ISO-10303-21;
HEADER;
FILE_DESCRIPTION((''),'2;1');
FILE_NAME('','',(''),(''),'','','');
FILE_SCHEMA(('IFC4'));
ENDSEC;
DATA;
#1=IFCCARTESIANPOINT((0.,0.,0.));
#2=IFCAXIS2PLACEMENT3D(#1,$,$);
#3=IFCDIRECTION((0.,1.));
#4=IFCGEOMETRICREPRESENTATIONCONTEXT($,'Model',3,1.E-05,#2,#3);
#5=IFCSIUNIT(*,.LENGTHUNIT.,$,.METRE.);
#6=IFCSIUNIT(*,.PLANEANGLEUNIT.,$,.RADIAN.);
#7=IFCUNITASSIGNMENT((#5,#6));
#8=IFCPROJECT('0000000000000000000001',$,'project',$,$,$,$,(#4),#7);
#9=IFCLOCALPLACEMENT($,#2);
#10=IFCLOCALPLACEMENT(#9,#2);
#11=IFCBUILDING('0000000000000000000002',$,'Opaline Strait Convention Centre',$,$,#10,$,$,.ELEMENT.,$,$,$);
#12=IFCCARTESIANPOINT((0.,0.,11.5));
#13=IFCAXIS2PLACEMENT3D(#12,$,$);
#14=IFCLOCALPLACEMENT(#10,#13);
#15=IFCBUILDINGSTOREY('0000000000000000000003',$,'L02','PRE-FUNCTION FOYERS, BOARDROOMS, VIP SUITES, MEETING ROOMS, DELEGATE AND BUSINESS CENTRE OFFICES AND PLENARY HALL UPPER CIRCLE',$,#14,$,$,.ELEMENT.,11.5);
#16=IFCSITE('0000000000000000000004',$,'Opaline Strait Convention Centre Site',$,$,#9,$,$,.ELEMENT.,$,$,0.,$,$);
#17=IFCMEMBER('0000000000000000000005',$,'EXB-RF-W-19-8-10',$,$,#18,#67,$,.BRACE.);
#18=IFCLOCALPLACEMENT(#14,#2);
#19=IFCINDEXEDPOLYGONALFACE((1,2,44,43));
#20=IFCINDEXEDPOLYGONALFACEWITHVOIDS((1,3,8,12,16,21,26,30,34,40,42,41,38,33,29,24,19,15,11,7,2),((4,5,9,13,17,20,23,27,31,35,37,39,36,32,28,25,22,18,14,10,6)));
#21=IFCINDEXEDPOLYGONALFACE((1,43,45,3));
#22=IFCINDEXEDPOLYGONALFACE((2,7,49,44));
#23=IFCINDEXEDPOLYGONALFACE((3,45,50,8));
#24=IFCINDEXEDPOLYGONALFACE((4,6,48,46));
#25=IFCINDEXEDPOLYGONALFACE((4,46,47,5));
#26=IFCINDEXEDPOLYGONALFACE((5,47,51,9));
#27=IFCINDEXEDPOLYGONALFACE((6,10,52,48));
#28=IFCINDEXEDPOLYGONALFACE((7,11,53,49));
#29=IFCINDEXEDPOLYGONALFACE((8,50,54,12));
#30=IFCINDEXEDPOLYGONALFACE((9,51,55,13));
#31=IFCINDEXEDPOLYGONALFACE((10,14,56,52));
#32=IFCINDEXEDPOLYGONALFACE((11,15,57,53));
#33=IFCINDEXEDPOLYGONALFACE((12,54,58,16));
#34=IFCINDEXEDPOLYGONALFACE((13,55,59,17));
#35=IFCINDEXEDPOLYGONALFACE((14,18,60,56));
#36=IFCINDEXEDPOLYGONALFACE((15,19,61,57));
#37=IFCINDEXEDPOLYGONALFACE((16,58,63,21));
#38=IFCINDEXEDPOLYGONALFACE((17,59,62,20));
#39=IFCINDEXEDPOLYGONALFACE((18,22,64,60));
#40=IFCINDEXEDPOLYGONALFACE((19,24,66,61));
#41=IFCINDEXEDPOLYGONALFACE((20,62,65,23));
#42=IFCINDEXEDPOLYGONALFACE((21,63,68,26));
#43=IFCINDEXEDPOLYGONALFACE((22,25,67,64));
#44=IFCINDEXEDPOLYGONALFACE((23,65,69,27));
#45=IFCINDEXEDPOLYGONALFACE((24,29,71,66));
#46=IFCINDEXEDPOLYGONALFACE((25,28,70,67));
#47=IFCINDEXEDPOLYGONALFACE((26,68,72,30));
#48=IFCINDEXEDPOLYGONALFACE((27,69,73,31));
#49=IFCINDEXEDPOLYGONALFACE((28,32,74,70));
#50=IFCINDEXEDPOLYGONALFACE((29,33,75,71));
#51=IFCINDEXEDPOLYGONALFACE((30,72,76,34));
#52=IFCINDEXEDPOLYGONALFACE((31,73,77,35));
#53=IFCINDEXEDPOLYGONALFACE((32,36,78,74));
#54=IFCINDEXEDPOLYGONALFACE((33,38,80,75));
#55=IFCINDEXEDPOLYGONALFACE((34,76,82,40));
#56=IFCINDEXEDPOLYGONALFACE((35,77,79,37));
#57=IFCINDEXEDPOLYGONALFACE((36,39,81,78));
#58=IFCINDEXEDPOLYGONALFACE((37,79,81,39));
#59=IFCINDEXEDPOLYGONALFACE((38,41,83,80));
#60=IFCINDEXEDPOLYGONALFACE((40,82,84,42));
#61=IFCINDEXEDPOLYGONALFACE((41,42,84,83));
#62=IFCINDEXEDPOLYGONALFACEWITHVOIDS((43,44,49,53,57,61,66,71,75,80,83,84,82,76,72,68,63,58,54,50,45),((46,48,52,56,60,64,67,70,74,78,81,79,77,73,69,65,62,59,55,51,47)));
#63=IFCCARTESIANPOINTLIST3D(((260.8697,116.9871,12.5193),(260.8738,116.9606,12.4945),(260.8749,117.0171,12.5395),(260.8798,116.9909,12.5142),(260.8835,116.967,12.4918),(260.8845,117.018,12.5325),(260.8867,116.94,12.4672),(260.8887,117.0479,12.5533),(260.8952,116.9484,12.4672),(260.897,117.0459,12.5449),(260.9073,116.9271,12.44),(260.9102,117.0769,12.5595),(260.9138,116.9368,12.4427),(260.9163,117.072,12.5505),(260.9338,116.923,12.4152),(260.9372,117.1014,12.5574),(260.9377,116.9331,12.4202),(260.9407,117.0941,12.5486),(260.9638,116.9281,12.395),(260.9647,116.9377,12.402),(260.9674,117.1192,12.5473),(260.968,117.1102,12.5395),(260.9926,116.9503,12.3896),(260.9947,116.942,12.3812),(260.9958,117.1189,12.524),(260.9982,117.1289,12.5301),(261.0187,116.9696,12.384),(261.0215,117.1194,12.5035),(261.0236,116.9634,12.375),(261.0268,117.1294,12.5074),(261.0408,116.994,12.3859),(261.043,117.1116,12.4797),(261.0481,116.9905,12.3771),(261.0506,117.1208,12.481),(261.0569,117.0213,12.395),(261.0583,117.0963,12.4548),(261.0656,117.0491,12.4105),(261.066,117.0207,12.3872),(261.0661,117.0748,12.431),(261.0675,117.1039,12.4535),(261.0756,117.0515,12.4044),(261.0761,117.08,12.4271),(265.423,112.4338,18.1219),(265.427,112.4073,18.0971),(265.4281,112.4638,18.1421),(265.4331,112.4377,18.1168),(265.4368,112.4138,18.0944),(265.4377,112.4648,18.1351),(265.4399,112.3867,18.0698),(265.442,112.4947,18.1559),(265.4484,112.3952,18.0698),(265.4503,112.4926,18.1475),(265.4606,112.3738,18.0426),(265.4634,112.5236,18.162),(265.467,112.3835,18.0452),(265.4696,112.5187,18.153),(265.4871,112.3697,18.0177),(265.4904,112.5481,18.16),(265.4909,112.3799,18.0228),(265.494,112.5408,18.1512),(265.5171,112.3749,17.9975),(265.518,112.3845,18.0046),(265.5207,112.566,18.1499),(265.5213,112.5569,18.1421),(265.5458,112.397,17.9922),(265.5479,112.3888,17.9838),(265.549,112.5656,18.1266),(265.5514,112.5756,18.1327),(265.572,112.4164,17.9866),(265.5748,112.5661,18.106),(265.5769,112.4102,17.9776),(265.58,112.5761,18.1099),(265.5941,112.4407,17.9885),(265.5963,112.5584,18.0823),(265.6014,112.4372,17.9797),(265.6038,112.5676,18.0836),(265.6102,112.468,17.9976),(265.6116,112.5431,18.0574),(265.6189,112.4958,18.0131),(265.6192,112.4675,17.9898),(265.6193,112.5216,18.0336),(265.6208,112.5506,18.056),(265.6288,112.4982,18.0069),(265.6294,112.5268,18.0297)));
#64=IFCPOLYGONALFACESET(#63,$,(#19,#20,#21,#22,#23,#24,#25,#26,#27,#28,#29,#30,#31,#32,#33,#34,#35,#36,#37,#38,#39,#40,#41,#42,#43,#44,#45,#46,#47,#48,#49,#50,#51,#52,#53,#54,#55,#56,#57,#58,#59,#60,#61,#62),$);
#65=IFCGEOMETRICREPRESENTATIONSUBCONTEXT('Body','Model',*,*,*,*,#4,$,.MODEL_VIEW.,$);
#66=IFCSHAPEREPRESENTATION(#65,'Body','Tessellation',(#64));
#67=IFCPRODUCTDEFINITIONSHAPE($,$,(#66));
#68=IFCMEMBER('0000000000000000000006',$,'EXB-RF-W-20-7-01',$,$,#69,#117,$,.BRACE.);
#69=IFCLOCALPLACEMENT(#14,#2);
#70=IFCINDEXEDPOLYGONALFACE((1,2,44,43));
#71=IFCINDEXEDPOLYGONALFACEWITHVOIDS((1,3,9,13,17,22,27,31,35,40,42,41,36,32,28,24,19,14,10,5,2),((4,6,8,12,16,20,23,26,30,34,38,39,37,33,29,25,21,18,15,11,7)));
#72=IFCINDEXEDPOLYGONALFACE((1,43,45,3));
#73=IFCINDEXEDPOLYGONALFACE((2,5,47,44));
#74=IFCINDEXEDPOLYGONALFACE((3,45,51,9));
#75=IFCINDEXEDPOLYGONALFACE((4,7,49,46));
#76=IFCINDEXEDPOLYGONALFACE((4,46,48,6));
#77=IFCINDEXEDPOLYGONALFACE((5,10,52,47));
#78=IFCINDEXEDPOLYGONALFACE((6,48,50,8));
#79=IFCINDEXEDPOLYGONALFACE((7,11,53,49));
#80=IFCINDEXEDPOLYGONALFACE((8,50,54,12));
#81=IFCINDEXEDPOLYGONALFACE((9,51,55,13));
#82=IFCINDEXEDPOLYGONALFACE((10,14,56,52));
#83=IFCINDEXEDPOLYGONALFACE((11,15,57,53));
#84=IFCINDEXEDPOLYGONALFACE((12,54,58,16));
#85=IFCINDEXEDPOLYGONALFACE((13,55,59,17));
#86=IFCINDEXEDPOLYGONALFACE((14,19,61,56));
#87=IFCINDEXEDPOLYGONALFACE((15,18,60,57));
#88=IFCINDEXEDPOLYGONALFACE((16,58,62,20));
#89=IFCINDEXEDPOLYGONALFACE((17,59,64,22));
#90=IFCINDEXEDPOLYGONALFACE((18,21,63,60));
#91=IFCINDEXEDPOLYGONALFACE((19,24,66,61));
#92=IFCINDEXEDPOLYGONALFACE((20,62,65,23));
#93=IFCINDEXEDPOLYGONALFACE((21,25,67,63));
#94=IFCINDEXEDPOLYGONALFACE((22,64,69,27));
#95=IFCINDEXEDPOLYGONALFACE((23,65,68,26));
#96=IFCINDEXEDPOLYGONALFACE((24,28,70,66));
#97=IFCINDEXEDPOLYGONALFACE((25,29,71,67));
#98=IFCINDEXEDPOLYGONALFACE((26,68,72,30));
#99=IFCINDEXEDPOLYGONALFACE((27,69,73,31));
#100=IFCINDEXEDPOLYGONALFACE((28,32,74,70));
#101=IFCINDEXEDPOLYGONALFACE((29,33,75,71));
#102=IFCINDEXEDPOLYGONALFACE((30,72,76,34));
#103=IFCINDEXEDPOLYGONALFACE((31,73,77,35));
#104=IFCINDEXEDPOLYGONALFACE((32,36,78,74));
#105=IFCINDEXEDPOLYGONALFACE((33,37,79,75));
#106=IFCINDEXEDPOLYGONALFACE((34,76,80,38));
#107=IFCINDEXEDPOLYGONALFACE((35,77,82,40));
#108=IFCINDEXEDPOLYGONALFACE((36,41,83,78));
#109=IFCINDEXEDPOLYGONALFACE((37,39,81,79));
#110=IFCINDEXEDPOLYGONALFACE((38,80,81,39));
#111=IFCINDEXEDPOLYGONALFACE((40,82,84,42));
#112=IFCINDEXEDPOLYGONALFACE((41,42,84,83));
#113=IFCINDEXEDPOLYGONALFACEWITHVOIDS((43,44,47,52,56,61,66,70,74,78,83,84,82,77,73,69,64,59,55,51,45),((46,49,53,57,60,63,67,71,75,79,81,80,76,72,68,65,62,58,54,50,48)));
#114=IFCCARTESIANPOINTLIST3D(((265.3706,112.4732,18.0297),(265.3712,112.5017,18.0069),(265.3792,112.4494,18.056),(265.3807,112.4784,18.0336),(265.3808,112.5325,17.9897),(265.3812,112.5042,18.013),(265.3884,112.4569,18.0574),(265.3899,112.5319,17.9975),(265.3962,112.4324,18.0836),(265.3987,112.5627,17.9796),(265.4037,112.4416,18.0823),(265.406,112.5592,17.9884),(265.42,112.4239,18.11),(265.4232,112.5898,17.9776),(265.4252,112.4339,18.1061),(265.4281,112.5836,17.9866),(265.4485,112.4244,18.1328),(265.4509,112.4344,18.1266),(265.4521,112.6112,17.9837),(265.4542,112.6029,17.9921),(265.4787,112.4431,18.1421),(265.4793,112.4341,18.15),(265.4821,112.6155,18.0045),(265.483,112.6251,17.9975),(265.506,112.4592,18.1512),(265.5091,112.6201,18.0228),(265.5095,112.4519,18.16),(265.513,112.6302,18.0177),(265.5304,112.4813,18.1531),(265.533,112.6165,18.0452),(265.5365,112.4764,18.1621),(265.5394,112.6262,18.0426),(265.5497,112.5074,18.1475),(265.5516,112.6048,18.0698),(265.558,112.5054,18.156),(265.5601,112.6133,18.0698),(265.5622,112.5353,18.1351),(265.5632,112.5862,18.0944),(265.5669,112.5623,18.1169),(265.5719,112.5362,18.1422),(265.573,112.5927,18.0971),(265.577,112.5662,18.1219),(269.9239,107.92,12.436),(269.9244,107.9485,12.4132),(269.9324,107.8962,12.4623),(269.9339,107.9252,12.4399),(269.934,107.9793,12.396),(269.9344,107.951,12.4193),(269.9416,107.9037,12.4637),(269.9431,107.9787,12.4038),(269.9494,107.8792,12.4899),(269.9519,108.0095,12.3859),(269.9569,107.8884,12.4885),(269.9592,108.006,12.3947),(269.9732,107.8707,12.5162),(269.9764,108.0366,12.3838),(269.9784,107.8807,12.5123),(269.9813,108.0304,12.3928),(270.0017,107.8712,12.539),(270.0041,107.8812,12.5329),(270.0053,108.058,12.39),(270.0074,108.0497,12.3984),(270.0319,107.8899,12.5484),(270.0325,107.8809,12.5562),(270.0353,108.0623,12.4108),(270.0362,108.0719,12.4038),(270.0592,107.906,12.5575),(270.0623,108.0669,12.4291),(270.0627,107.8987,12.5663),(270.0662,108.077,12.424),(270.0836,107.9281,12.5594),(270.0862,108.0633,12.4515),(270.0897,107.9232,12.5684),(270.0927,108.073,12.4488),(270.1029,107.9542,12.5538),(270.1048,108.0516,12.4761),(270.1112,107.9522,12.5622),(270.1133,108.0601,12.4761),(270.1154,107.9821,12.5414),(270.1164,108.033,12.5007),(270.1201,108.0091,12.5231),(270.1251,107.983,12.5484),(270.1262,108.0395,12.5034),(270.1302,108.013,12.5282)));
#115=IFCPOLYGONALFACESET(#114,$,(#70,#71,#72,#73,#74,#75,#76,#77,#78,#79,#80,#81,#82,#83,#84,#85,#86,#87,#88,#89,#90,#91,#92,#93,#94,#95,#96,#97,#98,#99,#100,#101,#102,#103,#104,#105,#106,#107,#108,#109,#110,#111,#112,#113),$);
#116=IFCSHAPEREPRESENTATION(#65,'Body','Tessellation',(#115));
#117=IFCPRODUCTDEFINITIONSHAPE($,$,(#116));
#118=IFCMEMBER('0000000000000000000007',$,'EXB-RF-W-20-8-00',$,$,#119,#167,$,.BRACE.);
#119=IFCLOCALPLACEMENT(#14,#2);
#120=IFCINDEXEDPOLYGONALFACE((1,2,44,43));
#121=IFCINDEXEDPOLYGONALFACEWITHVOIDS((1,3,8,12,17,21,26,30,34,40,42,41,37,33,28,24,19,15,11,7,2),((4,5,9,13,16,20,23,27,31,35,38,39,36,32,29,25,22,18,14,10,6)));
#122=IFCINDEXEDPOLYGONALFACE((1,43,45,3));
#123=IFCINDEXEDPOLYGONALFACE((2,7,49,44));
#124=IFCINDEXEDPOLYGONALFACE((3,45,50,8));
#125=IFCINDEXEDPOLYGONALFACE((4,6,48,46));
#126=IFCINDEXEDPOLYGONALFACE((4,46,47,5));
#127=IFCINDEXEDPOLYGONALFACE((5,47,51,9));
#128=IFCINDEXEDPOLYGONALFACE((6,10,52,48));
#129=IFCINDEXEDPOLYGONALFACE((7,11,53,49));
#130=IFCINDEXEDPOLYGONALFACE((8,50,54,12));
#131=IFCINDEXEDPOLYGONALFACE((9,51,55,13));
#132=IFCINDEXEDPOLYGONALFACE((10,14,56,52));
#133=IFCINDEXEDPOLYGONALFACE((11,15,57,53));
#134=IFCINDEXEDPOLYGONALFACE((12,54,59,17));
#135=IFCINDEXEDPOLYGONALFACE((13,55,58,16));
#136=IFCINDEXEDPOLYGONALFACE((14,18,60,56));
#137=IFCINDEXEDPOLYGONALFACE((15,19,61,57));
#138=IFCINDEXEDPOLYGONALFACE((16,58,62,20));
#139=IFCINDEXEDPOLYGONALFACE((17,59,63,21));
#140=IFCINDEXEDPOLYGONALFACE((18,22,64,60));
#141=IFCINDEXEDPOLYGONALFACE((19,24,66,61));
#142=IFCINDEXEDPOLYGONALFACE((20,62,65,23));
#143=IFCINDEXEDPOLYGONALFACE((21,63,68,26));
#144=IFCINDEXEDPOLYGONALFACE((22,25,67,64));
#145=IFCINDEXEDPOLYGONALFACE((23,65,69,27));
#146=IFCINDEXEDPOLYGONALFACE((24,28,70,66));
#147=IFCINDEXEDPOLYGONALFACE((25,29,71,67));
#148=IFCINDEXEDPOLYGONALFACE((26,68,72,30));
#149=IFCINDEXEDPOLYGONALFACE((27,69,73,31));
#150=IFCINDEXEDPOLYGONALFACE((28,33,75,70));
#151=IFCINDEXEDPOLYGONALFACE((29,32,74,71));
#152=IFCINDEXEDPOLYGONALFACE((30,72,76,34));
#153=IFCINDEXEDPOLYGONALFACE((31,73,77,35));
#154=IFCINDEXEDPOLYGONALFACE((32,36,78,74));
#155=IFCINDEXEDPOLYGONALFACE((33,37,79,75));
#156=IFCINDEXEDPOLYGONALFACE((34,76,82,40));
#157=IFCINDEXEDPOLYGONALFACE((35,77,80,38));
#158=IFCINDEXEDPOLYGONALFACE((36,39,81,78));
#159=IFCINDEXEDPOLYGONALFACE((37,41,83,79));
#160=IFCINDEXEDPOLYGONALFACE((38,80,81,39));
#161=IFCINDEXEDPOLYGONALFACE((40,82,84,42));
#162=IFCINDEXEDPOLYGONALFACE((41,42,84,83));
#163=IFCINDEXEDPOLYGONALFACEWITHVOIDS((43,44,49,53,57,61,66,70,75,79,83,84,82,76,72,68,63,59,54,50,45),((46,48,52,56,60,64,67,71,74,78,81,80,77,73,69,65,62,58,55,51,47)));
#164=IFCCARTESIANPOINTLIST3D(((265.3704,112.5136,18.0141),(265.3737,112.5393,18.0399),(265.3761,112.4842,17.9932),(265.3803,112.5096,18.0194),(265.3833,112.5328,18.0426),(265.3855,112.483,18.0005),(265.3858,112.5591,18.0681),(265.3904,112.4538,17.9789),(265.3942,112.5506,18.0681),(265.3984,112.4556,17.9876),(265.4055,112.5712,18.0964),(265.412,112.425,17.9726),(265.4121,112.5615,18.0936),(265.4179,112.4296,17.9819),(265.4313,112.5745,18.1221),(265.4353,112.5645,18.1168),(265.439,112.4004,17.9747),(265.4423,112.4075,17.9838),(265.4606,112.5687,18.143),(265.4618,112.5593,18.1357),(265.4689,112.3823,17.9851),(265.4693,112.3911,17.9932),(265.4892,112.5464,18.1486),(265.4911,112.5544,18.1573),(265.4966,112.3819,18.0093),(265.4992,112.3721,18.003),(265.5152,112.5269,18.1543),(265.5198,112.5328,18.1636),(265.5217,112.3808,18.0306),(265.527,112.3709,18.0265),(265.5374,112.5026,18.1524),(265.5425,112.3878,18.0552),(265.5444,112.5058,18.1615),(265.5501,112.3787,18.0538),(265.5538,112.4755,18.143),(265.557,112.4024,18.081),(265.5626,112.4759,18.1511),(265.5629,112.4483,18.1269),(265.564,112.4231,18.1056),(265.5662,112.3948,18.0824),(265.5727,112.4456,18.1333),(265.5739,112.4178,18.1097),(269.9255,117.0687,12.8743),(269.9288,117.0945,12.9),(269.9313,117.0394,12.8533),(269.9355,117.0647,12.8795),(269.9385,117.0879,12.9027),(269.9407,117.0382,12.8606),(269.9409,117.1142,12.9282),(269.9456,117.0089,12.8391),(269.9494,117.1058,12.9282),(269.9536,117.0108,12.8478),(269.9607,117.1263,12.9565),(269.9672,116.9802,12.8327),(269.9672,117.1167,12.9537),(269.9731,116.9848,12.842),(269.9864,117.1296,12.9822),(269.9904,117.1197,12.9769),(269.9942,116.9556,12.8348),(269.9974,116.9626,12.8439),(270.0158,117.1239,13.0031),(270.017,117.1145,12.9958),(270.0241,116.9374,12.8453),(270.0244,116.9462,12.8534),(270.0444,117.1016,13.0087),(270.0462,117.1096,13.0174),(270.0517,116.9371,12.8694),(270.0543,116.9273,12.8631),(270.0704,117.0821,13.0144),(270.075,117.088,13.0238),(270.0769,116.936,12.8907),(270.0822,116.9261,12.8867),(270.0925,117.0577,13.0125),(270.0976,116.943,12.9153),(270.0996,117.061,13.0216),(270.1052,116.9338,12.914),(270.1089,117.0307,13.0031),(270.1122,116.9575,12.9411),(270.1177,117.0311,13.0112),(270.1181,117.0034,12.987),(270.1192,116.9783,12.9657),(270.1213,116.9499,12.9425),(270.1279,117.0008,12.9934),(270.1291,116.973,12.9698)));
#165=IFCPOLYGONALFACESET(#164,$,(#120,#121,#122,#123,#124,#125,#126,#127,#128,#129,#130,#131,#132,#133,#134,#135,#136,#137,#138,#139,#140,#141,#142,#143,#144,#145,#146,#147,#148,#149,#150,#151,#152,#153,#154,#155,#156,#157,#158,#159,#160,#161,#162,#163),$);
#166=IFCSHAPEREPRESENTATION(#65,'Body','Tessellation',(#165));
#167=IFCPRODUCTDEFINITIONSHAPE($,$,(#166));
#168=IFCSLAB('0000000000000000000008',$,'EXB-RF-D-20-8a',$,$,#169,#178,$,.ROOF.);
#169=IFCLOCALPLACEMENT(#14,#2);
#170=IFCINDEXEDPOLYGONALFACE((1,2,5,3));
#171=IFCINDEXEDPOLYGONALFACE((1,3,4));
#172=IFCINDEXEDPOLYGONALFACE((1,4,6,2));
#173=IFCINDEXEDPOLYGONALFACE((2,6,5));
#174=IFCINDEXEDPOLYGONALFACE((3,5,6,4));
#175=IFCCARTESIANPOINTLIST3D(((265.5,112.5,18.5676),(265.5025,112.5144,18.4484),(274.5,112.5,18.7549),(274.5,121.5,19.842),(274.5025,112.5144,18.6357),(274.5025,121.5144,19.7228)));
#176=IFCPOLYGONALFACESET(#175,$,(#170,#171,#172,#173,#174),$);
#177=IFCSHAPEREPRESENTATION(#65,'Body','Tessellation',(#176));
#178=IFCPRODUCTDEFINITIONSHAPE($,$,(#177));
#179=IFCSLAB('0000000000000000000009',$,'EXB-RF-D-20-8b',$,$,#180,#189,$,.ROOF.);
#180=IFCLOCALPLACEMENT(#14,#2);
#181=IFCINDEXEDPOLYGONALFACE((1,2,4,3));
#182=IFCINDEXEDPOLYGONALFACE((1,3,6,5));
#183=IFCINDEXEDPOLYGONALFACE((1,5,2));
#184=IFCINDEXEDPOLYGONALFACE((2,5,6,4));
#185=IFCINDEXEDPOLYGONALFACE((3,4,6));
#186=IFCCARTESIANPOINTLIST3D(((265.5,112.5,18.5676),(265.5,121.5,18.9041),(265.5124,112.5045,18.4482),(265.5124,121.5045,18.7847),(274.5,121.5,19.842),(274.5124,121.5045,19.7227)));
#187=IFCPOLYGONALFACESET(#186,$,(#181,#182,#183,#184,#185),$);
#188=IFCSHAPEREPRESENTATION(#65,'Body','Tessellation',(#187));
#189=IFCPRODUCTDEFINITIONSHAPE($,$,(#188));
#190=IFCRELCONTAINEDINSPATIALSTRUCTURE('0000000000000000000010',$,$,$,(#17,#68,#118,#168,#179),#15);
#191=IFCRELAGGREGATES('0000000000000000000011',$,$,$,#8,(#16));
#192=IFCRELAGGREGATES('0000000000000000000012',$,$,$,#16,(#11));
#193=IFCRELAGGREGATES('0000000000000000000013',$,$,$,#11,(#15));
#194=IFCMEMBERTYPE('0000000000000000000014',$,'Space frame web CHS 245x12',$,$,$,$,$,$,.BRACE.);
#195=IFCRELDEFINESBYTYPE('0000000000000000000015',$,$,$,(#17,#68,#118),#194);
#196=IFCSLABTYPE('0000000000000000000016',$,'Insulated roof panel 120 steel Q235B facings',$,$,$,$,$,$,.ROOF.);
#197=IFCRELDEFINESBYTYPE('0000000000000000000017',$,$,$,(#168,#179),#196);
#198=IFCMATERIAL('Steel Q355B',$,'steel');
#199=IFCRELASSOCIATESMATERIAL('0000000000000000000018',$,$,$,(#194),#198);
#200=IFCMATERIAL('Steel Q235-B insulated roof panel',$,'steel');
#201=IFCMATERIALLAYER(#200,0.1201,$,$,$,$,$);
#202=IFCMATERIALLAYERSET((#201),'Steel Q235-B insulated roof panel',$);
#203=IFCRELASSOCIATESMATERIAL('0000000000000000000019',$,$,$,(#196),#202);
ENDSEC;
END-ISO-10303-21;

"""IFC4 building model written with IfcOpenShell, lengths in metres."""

from ifc_helpers import new_model, si_unit, direction, frame, origin, origin_2d, place, context, subcontext, project, spatial, polyline, hollow_circle, outline, extrude, material, layer, layer_set, material_profile, profile_set, type_object, element, save


model = new_model("IFC4")

# Units and contexts
model_context = context("Model", 3, precision=1e-05, world=origin(), true_north=direction((0.0, 1.0)))
body_context = subcontext(model_context, "Body", "Model", "MODEL_VIEW")
ifc_project = project(units=[si_unit("LENGTHUNIT", "METRE"), si_unit("PLANEANGLEUNIT", "RADIAN")], contexts=[model_context])

# Site, building, storey
site_placement = place(None, origin())
site = spatial("IfcSite", under=ifc_project, at=site_placement, Name="Opaline Strait Convention Centre Site", CompositionType="ELEMENT", RefElevation=0.0)
building_placement = place(site_placement, origin())
building = spatial("IfcBuilding", under=site, at=building_placement, Name="Opaline Strait Convention Centre", CompositionType="ELEMENT")
storey_placement = place(building_placement, frame((0.0, 0.0, 11.5)))
storey = spatial("IfcBuildingStorey", under=building, at=storey_placement, Name="L02", Description="PRE-FUNCTION FOYERS, BOARDROOMS, VIP SUITES, MEETING ROOMS, DELEGATE AND BUSINESS CENTRE OFFICES AND PLENARY HALL UPPER CIRCLE", CompositionType="ELEMENT", Elevation=11.5)

# Members
ifc_material_1 = material(Name="Steel Q355B", Category="steel")
ifc_material_profile_1 = material_profile(ifc_material_1, hollow_circle(Radius=0.1226, WallThickness=0.012, at=origin_2d()), Name="CHS 245x12")
ifc_profile_set_1 = profile_set([ifc_material_profile_1], Name="Steel Q355B")
member_type_1 = type_object("IfcMemberType", Name="Space frame web CHS 245x12", PredefinedType="BRACE", material=ifc_profile_set_1)
for number, where, z_axis, x_axis, name in (
    (1, (265.5266, 112.4734, 18.0698), (-0.533455, 0.533455, -0.656393), (-0.707107, -0.707107, 0.0), "EXB-RF-W-19-8-10"),
):
    element("IfcMember", number, at=place(storey_placement, frame(where, z_axis=z_axis, x_axis=x_axis)), inside=storey, type_object=member_type_1, Name=name, PredefinedType="BRACE", context=body_context, shape_type="SweptSolid", body=[
        extrude(hollow_circle(Radius=0.1226, WallThickness=0.012, at=origin_2d()), origin(), (0.0, 0.0, 1.0), 8.5354),
    ])
member_1_placement = place(storey_placement, frame((265.4734, 112.5266, 18.0698), z_axis=(0.533816, -0.533816, -0.655806), x_axis=(0.707107, 0.707107, 0.0)))
element("IfcMember", 2, at=member_1_placement, inside=storey, type_object=member_type_1, Name="EXB-RF-W-20-7-01", PredefinedType="BRACE", context=body_context, shape_type="SweptSolid", body=[
    extrude(hollow_circle(Radius=0.1226, WallThickness=0.012, at=origin_2d()), origin(), (0.0, 0.0, 1.0), 8.5295),
])
member_2_placement = place(storey_placement, frame((265.4724, 112.4724, 18.0681), z_axis=(0.552731, 0.552731, -0.623681), x_axis=(-0.707107, 0.707107, 0.0)))
element("IfcMember", 3, at=member_2_placement, inside=storey, type_object=member_type_1, Name="EXB-RF-W-20-8-00", PredefinedType="BRACE", context=body_context, shape_type="SweptSolid", body=[
    extrude(hollow_circle(Radius=0.1226, WallThickness=0.012, at=origin_2d()), origin(), (0.0, 0.0, 1.0), 8.2412),
])

# Slabs
ifc_material_2 = material(Name="Steel Q235-B insulated roof panel", Category="steel")
ifc_layer_1 = layer(ifc_material_2, 0.1201)
ifc_layer_set_1 = layer_set([ifc_layer_1], Name="Steel Q235-B insulated roof panel")
slab_type = type_object("IfcSlabType", Name="Insulated roof panel 120 steel Q235B facings", PredefinedType="ROOF", material=ifc_layer_set_1)
slab_1_placement = place(storey_placement, frame((265.5, 112.5, 18.5676), z_axis=(-0.020652, -0.119898, 0.992571), x_axis=(0.999784, 0.0, 0.020802)))
element("IfcSlab", 4, at=slab_1_placement, inside=storey, type_object=slab_type, Name="EXB-RF-D-20-8a", PredefinedType="ROOF", context=body_context, shape_type="SweptSolid", body=[
    extrude(outline(polyline([(0.0, 0.0), (9.0019, 0.0), (9.0246, 9.0654), (0.0, 0.0)])), origin(), (0.0, 0.0, -1.0), 0.1201),
])
slab_2_placement = place(storey_placement, frame((265.5, 112.5, 18.5676), z_axis=(-0.103588, -0.037154, 0.993926), x_axis=(0.703589, 0.703589, 0.099629)))
element("IfcSlab", 5, at=slab_2_placement, inside=storey, type_object=slab_type, Name="EXB-RF-D-20-8b", PredefinedType="ROOF", context=body_context, shape_type="SweptSolid", body=[
    extrude(outline(polyline([(0.0, 0.0), (12.7916, 0.0), (6.3658, 6.371), (0.0, 0.0)])), origin(), (0.0, 0.0, -1.0), 0.1201),
])

save(model, "model.ifc")
